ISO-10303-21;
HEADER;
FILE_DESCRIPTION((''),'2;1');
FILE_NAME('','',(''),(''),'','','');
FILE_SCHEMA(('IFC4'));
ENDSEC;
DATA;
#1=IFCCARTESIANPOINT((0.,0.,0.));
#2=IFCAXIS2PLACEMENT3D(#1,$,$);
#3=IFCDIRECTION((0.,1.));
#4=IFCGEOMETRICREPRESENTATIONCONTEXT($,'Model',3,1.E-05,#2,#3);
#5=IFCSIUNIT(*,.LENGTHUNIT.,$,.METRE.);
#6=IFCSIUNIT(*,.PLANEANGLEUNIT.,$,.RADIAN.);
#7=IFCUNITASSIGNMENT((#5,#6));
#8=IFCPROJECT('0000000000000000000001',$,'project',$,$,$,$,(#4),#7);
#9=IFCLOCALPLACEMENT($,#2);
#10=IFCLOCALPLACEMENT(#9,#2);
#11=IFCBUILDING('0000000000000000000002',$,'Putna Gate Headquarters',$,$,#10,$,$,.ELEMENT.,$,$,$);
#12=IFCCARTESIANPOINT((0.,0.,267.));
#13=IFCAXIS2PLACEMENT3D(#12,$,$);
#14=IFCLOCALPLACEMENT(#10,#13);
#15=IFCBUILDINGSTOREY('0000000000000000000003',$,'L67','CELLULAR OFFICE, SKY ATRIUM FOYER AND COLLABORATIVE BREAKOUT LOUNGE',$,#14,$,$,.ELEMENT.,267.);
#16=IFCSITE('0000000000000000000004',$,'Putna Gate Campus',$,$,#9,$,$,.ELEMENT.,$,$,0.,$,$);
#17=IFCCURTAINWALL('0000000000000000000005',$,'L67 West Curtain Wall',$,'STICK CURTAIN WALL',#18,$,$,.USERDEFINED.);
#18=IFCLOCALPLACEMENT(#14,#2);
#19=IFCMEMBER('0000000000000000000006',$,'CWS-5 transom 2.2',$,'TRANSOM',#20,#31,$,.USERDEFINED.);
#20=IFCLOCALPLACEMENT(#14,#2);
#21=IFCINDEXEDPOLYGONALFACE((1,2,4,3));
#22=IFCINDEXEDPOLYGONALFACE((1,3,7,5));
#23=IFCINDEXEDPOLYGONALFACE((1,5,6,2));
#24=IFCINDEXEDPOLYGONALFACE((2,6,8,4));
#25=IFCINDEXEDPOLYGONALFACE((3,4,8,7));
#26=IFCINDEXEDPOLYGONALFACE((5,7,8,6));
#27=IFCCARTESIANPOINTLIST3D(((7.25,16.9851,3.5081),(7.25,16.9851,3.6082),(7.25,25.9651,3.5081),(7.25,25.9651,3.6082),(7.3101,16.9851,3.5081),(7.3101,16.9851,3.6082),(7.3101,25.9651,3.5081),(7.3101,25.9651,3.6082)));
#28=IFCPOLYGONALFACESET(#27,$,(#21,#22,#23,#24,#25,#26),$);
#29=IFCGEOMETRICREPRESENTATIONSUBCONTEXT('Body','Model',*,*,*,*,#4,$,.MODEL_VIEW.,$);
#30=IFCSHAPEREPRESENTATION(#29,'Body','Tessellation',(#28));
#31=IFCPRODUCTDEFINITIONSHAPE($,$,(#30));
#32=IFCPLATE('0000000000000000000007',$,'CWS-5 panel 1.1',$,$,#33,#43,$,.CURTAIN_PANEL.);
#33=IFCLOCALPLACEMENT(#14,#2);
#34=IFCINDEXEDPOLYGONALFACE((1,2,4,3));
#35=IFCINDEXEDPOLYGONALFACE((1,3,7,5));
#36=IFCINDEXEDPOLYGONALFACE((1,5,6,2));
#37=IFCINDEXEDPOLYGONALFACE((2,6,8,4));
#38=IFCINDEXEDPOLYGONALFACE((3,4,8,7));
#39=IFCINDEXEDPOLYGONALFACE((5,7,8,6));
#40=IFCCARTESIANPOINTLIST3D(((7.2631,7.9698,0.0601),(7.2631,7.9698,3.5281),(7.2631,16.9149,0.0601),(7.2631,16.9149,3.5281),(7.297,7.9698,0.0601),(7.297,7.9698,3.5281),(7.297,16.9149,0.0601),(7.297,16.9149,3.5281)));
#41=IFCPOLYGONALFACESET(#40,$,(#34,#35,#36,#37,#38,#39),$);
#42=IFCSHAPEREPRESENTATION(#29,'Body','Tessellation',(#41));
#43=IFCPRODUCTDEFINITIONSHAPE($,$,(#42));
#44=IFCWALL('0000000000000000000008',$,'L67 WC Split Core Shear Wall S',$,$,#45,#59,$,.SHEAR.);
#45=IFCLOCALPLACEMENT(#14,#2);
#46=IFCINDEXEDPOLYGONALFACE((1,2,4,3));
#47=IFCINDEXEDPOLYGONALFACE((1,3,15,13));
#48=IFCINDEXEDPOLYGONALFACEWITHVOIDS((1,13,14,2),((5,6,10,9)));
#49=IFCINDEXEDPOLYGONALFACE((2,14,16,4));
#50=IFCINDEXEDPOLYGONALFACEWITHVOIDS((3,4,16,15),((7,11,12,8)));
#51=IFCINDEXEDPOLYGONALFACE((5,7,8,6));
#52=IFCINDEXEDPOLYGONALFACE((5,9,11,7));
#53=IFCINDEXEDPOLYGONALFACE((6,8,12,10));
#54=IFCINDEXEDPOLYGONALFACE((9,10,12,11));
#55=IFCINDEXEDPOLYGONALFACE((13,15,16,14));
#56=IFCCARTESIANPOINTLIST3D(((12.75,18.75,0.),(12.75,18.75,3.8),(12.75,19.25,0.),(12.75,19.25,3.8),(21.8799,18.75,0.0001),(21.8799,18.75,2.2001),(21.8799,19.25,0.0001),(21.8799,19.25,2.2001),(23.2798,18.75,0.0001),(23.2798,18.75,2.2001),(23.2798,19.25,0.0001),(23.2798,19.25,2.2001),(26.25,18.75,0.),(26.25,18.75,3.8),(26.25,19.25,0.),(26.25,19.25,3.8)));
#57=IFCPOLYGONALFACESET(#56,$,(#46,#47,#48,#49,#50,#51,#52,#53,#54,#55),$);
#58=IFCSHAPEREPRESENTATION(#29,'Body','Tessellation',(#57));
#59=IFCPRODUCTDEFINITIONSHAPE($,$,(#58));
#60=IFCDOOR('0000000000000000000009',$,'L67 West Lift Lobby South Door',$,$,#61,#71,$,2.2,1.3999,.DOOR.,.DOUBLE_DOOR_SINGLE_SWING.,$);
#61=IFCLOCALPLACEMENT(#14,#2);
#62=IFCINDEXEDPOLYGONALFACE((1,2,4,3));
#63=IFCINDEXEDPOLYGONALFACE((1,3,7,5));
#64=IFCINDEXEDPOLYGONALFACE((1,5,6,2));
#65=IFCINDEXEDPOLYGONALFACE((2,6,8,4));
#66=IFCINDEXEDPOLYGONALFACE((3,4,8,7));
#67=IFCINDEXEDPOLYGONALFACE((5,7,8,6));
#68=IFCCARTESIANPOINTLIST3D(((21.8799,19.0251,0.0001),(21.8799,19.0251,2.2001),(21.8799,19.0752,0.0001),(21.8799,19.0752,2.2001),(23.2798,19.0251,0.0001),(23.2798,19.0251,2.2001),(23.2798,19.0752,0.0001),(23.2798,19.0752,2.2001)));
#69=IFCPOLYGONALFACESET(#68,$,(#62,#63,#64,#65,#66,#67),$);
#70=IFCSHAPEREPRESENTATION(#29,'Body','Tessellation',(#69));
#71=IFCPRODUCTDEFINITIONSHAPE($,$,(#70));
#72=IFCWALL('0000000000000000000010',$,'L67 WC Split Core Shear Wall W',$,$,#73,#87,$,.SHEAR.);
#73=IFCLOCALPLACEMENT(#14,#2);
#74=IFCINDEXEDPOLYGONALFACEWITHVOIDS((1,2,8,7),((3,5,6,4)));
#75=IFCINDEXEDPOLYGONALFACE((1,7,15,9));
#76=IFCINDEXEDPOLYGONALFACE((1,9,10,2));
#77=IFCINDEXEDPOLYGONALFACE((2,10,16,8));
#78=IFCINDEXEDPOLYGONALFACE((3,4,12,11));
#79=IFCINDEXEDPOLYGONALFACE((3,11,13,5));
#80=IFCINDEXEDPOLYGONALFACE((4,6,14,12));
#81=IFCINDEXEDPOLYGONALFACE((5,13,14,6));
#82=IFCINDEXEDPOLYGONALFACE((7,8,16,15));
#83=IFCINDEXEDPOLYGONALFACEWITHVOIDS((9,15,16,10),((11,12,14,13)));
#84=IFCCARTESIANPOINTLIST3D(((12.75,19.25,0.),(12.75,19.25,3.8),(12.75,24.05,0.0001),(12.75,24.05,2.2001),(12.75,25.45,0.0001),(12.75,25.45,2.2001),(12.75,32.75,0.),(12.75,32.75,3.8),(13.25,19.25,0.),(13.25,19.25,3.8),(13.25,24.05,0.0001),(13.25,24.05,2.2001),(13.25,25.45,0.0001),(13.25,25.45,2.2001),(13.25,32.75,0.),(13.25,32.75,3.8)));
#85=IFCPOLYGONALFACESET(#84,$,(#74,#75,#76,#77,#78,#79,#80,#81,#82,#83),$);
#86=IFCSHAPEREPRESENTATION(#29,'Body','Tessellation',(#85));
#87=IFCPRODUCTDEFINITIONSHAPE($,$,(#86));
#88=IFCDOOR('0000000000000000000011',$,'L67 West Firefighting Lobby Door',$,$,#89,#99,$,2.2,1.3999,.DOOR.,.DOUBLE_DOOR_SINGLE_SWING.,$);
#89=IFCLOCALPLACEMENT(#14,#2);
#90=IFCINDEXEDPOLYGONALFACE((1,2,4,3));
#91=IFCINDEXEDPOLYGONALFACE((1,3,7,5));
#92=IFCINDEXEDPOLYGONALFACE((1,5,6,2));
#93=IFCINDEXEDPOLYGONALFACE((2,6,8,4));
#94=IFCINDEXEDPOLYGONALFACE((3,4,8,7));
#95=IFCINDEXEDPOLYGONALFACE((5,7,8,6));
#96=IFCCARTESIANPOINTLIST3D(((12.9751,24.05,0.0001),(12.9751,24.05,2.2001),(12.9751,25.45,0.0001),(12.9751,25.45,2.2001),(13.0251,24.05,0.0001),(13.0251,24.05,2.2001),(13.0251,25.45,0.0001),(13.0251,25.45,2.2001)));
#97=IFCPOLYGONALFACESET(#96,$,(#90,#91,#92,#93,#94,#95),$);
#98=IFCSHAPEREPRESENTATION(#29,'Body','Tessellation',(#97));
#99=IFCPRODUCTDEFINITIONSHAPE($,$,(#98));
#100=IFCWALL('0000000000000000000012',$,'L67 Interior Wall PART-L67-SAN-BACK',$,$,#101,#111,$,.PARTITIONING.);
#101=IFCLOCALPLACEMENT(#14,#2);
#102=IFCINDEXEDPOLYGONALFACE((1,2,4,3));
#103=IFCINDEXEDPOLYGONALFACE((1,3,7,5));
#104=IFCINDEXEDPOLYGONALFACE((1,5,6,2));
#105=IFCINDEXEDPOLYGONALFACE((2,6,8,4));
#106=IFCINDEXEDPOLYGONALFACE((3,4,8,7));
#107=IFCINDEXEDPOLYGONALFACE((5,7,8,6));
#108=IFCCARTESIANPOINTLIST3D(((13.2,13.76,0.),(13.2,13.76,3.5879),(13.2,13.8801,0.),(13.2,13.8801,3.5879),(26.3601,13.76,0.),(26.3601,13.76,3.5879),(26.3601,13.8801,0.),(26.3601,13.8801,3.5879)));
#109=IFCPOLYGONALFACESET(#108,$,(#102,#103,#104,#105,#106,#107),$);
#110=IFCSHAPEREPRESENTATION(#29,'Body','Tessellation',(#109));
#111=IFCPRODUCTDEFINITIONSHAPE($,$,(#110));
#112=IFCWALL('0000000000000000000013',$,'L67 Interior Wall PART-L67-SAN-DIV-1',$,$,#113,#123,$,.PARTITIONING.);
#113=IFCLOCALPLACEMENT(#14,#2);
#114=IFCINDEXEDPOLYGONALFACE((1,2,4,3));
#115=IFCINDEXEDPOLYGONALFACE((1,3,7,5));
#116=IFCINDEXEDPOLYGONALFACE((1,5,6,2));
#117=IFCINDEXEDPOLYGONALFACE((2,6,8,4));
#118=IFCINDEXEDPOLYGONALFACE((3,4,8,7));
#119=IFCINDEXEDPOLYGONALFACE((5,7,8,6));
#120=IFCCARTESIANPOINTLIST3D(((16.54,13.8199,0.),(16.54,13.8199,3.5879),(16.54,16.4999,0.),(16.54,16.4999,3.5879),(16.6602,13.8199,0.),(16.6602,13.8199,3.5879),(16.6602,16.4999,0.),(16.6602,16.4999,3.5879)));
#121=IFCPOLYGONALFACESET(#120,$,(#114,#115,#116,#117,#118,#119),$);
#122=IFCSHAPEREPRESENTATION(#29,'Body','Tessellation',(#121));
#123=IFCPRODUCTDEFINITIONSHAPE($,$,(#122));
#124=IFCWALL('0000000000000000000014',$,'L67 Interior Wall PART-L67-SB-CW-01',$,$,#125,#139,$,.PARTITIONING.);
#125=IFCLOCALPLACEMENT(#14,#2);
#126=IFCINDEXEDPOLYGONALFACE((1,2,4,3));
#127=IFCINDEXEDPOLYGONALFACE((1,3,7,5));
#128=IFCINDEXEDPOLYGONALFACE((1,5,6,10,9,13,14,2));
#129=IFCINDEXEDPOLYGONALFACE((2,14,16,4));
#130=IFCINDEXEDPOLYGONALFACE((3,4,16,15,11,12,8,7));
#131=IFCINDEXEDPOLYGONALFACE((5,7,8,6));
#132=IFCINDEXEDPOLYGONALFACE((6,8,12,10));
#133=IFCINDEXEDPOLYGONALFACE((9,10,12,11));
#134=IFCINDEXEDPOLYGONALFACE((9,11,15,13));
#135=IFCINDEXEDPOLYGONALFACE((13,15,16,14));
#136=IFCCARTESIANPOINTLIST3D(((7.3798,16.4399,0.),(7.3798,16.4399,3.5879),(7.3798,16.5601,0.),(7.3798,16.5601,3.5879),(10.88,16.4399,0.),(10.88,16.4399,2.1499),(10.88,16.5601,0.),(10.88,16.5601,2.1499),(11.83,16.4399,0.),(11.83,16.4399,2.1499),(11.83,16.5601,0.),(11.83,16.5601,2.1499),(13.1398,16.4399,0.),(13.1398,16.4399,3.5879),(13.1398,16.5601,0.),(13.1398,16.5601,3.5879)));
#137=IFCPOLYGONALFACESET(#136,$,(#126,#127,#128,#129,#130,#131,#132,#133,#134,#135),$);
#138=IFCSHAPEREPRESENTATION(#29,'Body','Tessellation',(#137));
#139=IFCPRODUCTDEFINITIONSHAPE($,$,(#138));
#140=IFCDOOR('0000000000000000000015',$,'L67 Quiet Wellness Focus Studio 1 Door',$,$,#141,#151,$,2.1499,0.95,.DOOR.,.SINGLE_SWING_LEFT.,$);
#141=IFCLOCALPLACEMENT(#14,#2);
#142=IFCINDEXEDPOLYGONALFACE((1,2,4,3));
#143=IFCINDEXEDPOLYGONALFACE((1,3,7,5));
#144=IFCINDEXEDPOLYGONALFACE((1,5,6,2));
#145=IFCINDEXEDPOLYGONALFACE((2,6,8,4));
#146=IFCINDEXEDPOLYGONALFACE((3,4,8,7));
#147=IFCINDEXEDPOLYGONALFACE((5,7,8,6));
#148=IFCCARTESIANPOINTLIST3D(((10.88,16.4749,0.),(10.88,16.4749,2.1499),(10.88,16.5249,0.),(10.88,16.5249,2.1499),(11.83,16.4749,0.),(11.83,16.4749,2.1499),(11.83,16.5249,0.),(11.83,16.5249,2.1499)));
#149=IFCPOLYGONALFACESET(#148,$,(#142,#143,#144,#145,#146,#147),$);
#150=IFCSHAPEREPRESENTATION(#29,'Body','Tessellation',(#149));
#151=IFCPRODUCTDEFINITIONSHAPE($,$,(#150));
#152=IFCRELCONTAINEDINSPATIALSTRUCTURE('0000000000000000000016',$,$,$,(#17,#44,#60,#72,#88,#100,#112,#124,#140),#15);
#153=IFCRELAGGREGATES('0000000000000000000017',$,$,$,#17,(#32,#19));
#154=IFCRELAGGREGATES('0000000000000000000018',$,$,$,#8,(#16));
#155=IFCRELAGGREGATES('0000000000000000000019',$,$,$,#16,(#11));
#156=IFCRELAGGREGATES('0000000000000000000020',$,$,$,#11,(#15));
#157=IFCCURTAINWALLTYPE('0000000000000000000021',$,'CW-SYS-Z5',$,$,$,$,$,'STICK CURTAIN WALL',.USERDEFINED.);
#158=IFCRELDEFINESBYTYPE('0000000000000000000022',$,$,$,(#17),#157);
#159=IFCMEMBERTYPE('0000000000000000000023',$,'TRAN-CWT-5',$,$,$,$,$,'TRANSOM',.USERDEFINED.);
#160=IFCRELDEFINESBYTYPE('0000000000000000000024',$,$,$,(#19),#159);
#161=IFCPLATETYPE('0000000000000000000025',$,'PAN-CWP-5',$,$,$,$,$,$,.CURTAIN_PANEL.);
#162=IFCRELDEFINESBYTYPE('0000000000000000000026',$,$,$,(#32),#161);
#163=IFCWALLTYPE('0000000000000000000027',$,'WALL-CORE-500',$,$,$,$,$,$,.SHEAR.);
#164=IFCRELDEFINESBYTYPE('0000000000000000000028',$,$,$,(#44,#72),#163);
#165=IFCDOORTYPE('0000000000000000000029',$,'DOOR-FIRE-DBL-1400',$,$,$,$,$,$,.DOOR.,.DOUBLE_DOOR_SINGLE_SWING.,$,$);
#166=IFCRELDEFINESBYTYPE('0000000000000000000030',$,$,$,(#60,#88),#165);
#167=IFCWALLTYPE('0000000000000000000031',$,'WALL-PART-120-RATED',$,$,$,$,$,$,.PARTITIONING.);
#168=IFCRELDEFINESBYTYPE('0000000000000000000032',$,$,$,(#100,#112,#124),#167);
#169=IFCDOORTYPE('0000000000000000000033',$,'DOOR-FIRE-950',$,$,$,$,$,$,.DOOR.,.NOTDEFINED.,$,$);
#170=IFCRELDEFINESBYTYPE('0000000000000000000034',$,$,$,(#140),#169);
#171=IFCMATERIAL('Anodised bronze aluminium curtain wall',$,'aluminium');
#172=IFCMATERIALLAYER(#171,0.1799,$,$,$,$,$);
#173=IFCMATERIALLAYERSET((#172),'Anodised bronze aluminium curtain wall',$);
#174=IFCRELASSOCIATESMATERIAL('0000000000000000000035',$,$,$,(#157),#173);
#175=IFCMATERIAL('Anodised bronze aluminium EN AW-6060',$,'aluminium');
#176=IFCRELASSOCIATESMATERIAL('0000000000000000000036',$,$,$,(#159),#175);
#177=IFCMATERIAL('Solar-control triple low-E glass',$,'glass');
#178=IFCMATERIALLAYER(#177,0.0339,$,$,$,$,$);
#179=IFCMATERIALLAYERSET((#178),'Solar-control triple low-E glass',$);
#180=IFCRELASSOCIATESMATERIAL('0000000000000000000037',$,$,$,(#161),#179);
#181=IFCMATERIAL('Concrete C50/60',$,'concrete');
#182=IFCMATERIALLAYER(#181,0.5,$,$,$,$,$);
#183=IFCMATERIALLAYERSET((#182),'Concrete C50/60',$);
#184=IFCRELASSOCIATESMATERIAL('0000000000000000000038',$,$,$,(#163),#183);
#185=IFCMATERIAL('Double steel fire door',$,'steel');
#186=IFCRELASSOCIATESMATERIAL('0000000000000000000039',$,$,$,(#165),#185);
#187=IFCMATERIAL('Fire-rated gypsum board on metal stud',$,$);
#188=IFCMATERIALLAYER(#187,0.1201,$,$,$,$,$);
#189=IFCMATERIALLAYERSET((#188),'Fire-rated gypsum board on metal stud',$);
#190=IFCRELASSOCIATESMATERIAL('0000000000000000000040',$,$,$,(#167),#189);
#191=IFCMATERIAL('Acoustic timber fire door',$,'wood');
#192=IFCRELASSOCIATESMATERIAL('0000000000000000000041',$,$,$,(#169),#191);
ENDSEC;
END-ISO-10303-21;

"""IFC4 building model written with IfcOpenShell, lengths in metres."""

from ifc_helpers import new_model, si_unit, direction, frame, frame_2d, origin, origin_2d, place, context, subcontext, project, spatial, rectangle, extrude, material, layer, layer_set, material_profile, profile_set, type_object, element, fill, aggregate, save


model = new_model("IFC4")

# Units and contexts
model_context = context("Model", 3, precision=1e-05, world=origin(), true_north=direction((0.0, 1.0)))
body_context = subcontext(model_context, "Body", "Model", "MODEL_VIEW")
ifc_project = project(units=[si_unit("LENGTHUNIT", "METRE"), si_unit("PLANEANGLEUNIT", "RADIAN")], contexts=[model_context])

# Site, building, storey
site_placement = place(None, origin())
site = spatial("IfcSite", under=ifc_project, at=site_placement, Name="Putna Gate Campus", CompositionType="ELEMENT", RefElevation=0.0)
building_placement = place(site_placement, origin())
building = spatial("IfcBuilding", under=site, at=building_placement, Name="Putna Gate Headquarters", CompositionType="ELEMENT")
storey_placement = place(building_placement, frame((0.0, 0.0, 267.0)))
storey = spatial("IfcBuildingStorey", under=building, at=storey_placement, Name="L67", Description="CELLULAR OFFICE, SKY ATRIUM FOYER AND COLLABORATIVE BREAKOUT LOUNGE", CompositionType="ELEMENT", Elevation=267.0)

# Curtain wall, member, plate
ifc_material_1 = material(Name="Anodised bronze aluminium curtain wall", Category="aluminium")
ifc_layer_1 = layer(ifc_material_1, 0.1799)
ifc_layer_set_1 = layer_set([ifc_layer_1], Name="Anodised bronze aluminium curtain wall")
curtain_wall_type = type_object("IfcCurtainWallType", Name="CW-SYS-Z5", ElementType="STICK CURTAIN WALL", PredefinedType="USERDEFINED", material=ifc_layer_set_1)
curtain_wall_placement = place(storey_placement, origin())
curtain_wall = element("IfcCurtainWall", 1, at=curtain_wall_placement, inside=storey, type_object=curtain_wall_type, Name="L67 West Curtain Wall", ObjectType="STICK CURTAIN WALL", PredefinedType="USERDEFINED")
ifc_material_2 = material(Name="Anodised bronze aluminium EN AW-6060", Category="aluminium")
ifc_material_profile_1 = material_profile(ifc_material_2, rectangle(XDim=0.0601, YDim=0.1001, at=origin_2d()), Name="Anodised bronze aluminium EN AW-6060")
ifc_profile_set_1 = profile_set([ifc_material_profile_1], Name="Anodised bronze aluminium EN AW-6060")
member_type_1 = type_object("IfcMemberType", Name="TRAN-CWT-5", ElementType="TRANSOM", PredefinedType="USERDEFINED", material=ifc_profile_set_1)
member_1_placement = place(storey_placement, frame((7.28, 16.9851, 3.5581), z_axis=(0.0, 1.0, 0.0), x_axis=(-1.0, 0.0, 0.0)))
member_1 = element("IfcMember", 2, at=member_1_placement, type_object=member_type_1, Name="CWS-5 transom 2.2", ObjectType="TRANSOM", PredefinedType="USERDEFINED", context=body_context, shape_type="SweptSolid", body=[
    extrude(rectangle(XDim=0.0601, YDim=0.1001, at=origin_2d()), origin(), (0.0, 0.0, 1.0), 8.98),
])
ifc_material_3 = material(Name="Solar-control triple low-E glass", Category="glass")
ifc_layer_2 = layer(ifc_material_3, 0.0339)
ifc_layer_set_2 = layer_set([ifc_layer_2], Name="Solar-control triple low-E glass")
plate_type = type_object("IfcPlateType", Name="PAN-CWP-5", PredefinedType="CURTAIN_PANEL", material=ifc_layer_set_2)
plate_placement = place(storey_placement, frame((7.28, 12.4424, 0.0601), z_axis=(0.0, 0.0, 1.0), x_axis=(0.0, 1.0, 0.0)))
plate = element("IfcPlate", 3, at=plate_placement, type_object=plate_type, Name="CWS-5 panel 1.1", PredefinedType="CURTAIN_PANEL", context=body_context, shape_type="SweptSolid", body=[
    extrude(rectangle(XDim=8.9451, YDim=0.0339, at=origin_2d()), origin(), (0.0, 0.0, 1.0), 3.468),
])
aggregate(curtain_wall, [plate, member_1])

# Walls, openings, doors
ifc_material_4 = material(Name="Concrete C50/60", Category="concrete")
ifc_layer_3 = layer(ifc_material_4, 0.5)
ifc_layer_set_3 = layer_set([ifc_layer_3], Name="Concrete C50/60")
wall_type_1 = type_object("IfcWallType", Name="WALL-CORE-500", PredefinedType="SHEAR", material=ifc_layer_set_3)
wall_1_placement = place(storey_placement, frame((12.75, 19.0, 0.0), z_axis=(0.0, 0.0, 1.0), x_axis=(1.0, 0.0, 0.0)))
wall_1 = element("IfcWall", 4, at=wall_1_placement, inside=storey, type_object=wall_type_1, Name="L67 WC Split Core Shear Wall S", PredefinedType="SHEAR", context=body_context, shape_type="SweptSolid", body=[
    extrude(rectangle(XDim=13.5, YDim=0.5, at=frame_2d((6.75, 0.0))), origin(), (0.0, 0.0, 1.0), 3.8),
])
opening_1_placement = place(wall_1_placement, frame((9.1299, 0.0, 0.0)))
opening_1 = element("IfcOpeningElement", 5, at=opening_1_placement, cuts=wall_1, PredefinedType="OPENING", context=body_context, shape_type="SweptSolid", body=[
    extrude(rectangle(XDim=1.3999, YDim=2.2, at=frame_2d((0.7, 1.1001))), frame((0.0, 0.26, 0.0), z_axis=(0.0, -1.0, 0.0), x_axis=(1.0, 0.0, 0.0)), (0.0, 0.0, 1.0), 0.52),
])
ifc_material_5 = material(Name="Double steel fire door", Category="steel")
door_type_1 = type_object("IfcDoorType", Name="DOOR-FIRE-DBL-1400", OperationType="DOUBLE_DOOR_SINGLE_SWING", PredefinedType="DOOR", material=ifc_material_5)
door_1_placement = place(opening_1_placement, origin())
door_1 = element("IfcDoor", 6, at=door_1_placement, inside=storey, type_object=door_type_1, Name="L67 West Lift Lobby South Door", OperationType="DOUBLE_DOOR_SINGLE_SWING", OverallHeight=2.2, OverallWidth=1.3999, PredefinedType="DOOR", context=body_context, shape_type="SweptSolid", body=[
    extrude(rectangle(XDim=1.3999, YDim=2.2, at=frame_2d((0.7, 1.1001))), frame((0.0, 0.0752, 0.0), z_axis=(0.0, -1.0, 0.0), x_axis=(1.0, 0.0, 0.0)), (0.0, 0.0, 1.0), 0.05),
])
fill(opening_1, door_1)
wall_2_placement = place(storey_placement, frame((13.0, 19.25, 0.0), z_axis=(0.0, 0.0, 1.0), x_axis=(0.0, 1.0, 0.0)))
wall_2 = element("IfcWall", 7, at=wall_2_placement, inside=storey, type_object=wall_type_1, Name="L67 WC Split Core Shear Wall W", PredefinedType="SHEAR", context=body_context, shape_type="SweptSolid", body=[
    extrude(rectangle(XDim=13.5, YDim=0.5, at=frame_2d((6.75, 0.0))), origin(), (0.0, 0.0, 1.0), 3.8),
])
opening_2_placement = place(wall_2_placement, frame((4.8, 0.0, 0.0)))
opening_2 = element("IfcOpeningElement", 8, at=opening_2_placement, cuts=wall_2, PredefinedType="OPENING", context=body_context, shape_type="SweptSolid", body=[
    extrude(rectangle(XDim=1.3999, YDim=2.2, at=frame_2d((0.7, 1.1001))), frame((0.0, 0.26, 0.0), z_axis=(0.0, -1.0, 0.0), x_axis=(1.0, 0.0, 0.0)), (0.0, 0.0, 1.0), 0.52),
])
door_2_placement = place(opening_2_placement, origin())
door_2 = element("IfcDoor", 9, at=door_2_placement, inside=storey, type_object=door_type_1, Name="L67 West Firefighting Lobby Door", OperationType="DOUBLE_DOOR_SINGLE_SWING", OverallHeight=2.2, OverallWidth=1.3999, PredefinedType="DOOR", context=body_context, shape_type="SweptSolid", body=[
    extrude(rectangle(XDim=1.3999, YDim=2.2, at=frame_2d((0.7, 1.1001))), frame((0.0, 0.0249, 0.0), z_axis=(0.0, -1.0, 0.0), x_axis=(1.0, 0.0, 0.0)), (0.0, 0.0, 1.0), 0.05),
])
fill(opening_2, door_2)

# Shared definitions
ifc_material_6 = material(Name="Fire-rated gypsum board on metal stud")
ifc_layer_4 = layer(ifc_material_6, 0.1201)
ifc_layer_set_4 = layer_set([ifc_layer_4], Name="Fire-rated gypsum board on metal stud")
wall_type_2 = type_object("IfcWallType", Name="WALL-PART-120-RATED", PredefinedType="PARTITIONING", material=ifc_layer_set_4)
ifc_material_7 = material(Name="Acoustic timber fire door", Category="wood")
door_type_2 = type_object("IfcDoorType", Name="DOOR-FIRE-950", OperationType="NOTDEFINED", PredefinedType="DOOR", material=ifc_material_7)

# Walls
wall_3_placement = place(storey_placement, frame((13.2, 13.8201, 0.0), z_axis=(0.0, 0.0, 1.0), x_axis=(1.0, 0.0, 0.0)))
element("IfcWall", 10, at=wall_3_placement, inside=storey, type_object=wall_type_2, Name="L67 Interior Wall PART-L67-SAN-BACK", PredefinedType="PARTITIONING", context=body_context, shape_type="SweptSolid", body=[
    extrude(rectangle(XDim=13.1602, YDim=0.1201, at=frame_2d((6.5801, 0.0))), origin(), (0.0, 0.0, 1.0), 3.5879),
])
wall_4_placement = place(storey_placement, frame((16.6001, 13.8201, 0.0), z_axis=(0.0, 0.0, 1.0), x_axis=(0.0, 1.0, 0.0)))
element("IfcWall", 11, at=wall_4_placement, inside=storey, type_object=wall_type_2, Name="L67 Interior Wall PART-L67-SAN-DIV-1", PredefinedType="PARTITIONING", context=body_context, shape_type="SweptSolid", body=[
    extrude(rectangle(XDim=2.6799, YDim=0.1201, at=frame_2d((1.3398, 0.0))), origin(), (0.0, 0.0, 1.0), 3.5879),
])

# Wall, opening, door
wall_5_placement = place(storey_placement, frame((7.3799, 16.5, 0.0), z_axis=(0.0, 0.0, 1.0), x_axis=(1.0, 0.0, 0.0)))
wall_5 = element("IfcWall", 12, at=wall_5_placement, inside=storey, type_object=wall_type_2, Name="L67 Interior Wall PART-L67-SB-CW-01", PredefinedType="PARTITIONING", context=body_context, shape_type="SweptSolid", body=[
    extrude(rectangle(XDim=5.76, YDim=0.1201, at=frame_2d((2.8799, 0.0))), origin(), (0.0, 0.0, 1.0), 3.5879),
])
opening_3_placement = place(wall_5_placement, frame((3.5, 0.0, 0.0)))
opening_3 = element("IfcOpeningElement", 13, at=opening_3_placement, cuts=wall_5, PredefinedType="OPENING", context=body_context, shape_type="SweptSolid", body=[
    extrude(rectangle(XDim=0.95, YDim=2.1499, at=frame_2d((0.4751, 1.075))), frame((0.0, 0.0701, 0.0), z_axis=(0.0, -1.0, 0.0), x_axis=(1.0, 0.0, 0.0)), (0.0, 0.0, 1.0), 0.1401),
])
door_3_placement = place(opening_3_placement, origin())
door_3 = element("IfcDoor", 14, at=door_3_placement, inside=storey, type_object=door_type_2, Name="L67 Quiet Wellness Focus Studio 1 Door", OperationType="SINGLE_SWING_LEFT", OverallHeight=2.1499, OverallWidth=0.95, PredefinedType="DOOR", context=body_context, shape_type="SweptSolid", body=[
    extrude(rectangle(XDim=0.95, YDim=2.1499, at=frame_2d((0.4751, 1.075))), frame((0.0, 0.0249, 0.0), z_axis=(0.0, -1.0, 0.0), x_axis=(1.0, 0.0, 0.0)), (0.0, 0.0, 1.0), 0.05),
])
fill(opening_3, door_3)

save(model, "model.ifc")
